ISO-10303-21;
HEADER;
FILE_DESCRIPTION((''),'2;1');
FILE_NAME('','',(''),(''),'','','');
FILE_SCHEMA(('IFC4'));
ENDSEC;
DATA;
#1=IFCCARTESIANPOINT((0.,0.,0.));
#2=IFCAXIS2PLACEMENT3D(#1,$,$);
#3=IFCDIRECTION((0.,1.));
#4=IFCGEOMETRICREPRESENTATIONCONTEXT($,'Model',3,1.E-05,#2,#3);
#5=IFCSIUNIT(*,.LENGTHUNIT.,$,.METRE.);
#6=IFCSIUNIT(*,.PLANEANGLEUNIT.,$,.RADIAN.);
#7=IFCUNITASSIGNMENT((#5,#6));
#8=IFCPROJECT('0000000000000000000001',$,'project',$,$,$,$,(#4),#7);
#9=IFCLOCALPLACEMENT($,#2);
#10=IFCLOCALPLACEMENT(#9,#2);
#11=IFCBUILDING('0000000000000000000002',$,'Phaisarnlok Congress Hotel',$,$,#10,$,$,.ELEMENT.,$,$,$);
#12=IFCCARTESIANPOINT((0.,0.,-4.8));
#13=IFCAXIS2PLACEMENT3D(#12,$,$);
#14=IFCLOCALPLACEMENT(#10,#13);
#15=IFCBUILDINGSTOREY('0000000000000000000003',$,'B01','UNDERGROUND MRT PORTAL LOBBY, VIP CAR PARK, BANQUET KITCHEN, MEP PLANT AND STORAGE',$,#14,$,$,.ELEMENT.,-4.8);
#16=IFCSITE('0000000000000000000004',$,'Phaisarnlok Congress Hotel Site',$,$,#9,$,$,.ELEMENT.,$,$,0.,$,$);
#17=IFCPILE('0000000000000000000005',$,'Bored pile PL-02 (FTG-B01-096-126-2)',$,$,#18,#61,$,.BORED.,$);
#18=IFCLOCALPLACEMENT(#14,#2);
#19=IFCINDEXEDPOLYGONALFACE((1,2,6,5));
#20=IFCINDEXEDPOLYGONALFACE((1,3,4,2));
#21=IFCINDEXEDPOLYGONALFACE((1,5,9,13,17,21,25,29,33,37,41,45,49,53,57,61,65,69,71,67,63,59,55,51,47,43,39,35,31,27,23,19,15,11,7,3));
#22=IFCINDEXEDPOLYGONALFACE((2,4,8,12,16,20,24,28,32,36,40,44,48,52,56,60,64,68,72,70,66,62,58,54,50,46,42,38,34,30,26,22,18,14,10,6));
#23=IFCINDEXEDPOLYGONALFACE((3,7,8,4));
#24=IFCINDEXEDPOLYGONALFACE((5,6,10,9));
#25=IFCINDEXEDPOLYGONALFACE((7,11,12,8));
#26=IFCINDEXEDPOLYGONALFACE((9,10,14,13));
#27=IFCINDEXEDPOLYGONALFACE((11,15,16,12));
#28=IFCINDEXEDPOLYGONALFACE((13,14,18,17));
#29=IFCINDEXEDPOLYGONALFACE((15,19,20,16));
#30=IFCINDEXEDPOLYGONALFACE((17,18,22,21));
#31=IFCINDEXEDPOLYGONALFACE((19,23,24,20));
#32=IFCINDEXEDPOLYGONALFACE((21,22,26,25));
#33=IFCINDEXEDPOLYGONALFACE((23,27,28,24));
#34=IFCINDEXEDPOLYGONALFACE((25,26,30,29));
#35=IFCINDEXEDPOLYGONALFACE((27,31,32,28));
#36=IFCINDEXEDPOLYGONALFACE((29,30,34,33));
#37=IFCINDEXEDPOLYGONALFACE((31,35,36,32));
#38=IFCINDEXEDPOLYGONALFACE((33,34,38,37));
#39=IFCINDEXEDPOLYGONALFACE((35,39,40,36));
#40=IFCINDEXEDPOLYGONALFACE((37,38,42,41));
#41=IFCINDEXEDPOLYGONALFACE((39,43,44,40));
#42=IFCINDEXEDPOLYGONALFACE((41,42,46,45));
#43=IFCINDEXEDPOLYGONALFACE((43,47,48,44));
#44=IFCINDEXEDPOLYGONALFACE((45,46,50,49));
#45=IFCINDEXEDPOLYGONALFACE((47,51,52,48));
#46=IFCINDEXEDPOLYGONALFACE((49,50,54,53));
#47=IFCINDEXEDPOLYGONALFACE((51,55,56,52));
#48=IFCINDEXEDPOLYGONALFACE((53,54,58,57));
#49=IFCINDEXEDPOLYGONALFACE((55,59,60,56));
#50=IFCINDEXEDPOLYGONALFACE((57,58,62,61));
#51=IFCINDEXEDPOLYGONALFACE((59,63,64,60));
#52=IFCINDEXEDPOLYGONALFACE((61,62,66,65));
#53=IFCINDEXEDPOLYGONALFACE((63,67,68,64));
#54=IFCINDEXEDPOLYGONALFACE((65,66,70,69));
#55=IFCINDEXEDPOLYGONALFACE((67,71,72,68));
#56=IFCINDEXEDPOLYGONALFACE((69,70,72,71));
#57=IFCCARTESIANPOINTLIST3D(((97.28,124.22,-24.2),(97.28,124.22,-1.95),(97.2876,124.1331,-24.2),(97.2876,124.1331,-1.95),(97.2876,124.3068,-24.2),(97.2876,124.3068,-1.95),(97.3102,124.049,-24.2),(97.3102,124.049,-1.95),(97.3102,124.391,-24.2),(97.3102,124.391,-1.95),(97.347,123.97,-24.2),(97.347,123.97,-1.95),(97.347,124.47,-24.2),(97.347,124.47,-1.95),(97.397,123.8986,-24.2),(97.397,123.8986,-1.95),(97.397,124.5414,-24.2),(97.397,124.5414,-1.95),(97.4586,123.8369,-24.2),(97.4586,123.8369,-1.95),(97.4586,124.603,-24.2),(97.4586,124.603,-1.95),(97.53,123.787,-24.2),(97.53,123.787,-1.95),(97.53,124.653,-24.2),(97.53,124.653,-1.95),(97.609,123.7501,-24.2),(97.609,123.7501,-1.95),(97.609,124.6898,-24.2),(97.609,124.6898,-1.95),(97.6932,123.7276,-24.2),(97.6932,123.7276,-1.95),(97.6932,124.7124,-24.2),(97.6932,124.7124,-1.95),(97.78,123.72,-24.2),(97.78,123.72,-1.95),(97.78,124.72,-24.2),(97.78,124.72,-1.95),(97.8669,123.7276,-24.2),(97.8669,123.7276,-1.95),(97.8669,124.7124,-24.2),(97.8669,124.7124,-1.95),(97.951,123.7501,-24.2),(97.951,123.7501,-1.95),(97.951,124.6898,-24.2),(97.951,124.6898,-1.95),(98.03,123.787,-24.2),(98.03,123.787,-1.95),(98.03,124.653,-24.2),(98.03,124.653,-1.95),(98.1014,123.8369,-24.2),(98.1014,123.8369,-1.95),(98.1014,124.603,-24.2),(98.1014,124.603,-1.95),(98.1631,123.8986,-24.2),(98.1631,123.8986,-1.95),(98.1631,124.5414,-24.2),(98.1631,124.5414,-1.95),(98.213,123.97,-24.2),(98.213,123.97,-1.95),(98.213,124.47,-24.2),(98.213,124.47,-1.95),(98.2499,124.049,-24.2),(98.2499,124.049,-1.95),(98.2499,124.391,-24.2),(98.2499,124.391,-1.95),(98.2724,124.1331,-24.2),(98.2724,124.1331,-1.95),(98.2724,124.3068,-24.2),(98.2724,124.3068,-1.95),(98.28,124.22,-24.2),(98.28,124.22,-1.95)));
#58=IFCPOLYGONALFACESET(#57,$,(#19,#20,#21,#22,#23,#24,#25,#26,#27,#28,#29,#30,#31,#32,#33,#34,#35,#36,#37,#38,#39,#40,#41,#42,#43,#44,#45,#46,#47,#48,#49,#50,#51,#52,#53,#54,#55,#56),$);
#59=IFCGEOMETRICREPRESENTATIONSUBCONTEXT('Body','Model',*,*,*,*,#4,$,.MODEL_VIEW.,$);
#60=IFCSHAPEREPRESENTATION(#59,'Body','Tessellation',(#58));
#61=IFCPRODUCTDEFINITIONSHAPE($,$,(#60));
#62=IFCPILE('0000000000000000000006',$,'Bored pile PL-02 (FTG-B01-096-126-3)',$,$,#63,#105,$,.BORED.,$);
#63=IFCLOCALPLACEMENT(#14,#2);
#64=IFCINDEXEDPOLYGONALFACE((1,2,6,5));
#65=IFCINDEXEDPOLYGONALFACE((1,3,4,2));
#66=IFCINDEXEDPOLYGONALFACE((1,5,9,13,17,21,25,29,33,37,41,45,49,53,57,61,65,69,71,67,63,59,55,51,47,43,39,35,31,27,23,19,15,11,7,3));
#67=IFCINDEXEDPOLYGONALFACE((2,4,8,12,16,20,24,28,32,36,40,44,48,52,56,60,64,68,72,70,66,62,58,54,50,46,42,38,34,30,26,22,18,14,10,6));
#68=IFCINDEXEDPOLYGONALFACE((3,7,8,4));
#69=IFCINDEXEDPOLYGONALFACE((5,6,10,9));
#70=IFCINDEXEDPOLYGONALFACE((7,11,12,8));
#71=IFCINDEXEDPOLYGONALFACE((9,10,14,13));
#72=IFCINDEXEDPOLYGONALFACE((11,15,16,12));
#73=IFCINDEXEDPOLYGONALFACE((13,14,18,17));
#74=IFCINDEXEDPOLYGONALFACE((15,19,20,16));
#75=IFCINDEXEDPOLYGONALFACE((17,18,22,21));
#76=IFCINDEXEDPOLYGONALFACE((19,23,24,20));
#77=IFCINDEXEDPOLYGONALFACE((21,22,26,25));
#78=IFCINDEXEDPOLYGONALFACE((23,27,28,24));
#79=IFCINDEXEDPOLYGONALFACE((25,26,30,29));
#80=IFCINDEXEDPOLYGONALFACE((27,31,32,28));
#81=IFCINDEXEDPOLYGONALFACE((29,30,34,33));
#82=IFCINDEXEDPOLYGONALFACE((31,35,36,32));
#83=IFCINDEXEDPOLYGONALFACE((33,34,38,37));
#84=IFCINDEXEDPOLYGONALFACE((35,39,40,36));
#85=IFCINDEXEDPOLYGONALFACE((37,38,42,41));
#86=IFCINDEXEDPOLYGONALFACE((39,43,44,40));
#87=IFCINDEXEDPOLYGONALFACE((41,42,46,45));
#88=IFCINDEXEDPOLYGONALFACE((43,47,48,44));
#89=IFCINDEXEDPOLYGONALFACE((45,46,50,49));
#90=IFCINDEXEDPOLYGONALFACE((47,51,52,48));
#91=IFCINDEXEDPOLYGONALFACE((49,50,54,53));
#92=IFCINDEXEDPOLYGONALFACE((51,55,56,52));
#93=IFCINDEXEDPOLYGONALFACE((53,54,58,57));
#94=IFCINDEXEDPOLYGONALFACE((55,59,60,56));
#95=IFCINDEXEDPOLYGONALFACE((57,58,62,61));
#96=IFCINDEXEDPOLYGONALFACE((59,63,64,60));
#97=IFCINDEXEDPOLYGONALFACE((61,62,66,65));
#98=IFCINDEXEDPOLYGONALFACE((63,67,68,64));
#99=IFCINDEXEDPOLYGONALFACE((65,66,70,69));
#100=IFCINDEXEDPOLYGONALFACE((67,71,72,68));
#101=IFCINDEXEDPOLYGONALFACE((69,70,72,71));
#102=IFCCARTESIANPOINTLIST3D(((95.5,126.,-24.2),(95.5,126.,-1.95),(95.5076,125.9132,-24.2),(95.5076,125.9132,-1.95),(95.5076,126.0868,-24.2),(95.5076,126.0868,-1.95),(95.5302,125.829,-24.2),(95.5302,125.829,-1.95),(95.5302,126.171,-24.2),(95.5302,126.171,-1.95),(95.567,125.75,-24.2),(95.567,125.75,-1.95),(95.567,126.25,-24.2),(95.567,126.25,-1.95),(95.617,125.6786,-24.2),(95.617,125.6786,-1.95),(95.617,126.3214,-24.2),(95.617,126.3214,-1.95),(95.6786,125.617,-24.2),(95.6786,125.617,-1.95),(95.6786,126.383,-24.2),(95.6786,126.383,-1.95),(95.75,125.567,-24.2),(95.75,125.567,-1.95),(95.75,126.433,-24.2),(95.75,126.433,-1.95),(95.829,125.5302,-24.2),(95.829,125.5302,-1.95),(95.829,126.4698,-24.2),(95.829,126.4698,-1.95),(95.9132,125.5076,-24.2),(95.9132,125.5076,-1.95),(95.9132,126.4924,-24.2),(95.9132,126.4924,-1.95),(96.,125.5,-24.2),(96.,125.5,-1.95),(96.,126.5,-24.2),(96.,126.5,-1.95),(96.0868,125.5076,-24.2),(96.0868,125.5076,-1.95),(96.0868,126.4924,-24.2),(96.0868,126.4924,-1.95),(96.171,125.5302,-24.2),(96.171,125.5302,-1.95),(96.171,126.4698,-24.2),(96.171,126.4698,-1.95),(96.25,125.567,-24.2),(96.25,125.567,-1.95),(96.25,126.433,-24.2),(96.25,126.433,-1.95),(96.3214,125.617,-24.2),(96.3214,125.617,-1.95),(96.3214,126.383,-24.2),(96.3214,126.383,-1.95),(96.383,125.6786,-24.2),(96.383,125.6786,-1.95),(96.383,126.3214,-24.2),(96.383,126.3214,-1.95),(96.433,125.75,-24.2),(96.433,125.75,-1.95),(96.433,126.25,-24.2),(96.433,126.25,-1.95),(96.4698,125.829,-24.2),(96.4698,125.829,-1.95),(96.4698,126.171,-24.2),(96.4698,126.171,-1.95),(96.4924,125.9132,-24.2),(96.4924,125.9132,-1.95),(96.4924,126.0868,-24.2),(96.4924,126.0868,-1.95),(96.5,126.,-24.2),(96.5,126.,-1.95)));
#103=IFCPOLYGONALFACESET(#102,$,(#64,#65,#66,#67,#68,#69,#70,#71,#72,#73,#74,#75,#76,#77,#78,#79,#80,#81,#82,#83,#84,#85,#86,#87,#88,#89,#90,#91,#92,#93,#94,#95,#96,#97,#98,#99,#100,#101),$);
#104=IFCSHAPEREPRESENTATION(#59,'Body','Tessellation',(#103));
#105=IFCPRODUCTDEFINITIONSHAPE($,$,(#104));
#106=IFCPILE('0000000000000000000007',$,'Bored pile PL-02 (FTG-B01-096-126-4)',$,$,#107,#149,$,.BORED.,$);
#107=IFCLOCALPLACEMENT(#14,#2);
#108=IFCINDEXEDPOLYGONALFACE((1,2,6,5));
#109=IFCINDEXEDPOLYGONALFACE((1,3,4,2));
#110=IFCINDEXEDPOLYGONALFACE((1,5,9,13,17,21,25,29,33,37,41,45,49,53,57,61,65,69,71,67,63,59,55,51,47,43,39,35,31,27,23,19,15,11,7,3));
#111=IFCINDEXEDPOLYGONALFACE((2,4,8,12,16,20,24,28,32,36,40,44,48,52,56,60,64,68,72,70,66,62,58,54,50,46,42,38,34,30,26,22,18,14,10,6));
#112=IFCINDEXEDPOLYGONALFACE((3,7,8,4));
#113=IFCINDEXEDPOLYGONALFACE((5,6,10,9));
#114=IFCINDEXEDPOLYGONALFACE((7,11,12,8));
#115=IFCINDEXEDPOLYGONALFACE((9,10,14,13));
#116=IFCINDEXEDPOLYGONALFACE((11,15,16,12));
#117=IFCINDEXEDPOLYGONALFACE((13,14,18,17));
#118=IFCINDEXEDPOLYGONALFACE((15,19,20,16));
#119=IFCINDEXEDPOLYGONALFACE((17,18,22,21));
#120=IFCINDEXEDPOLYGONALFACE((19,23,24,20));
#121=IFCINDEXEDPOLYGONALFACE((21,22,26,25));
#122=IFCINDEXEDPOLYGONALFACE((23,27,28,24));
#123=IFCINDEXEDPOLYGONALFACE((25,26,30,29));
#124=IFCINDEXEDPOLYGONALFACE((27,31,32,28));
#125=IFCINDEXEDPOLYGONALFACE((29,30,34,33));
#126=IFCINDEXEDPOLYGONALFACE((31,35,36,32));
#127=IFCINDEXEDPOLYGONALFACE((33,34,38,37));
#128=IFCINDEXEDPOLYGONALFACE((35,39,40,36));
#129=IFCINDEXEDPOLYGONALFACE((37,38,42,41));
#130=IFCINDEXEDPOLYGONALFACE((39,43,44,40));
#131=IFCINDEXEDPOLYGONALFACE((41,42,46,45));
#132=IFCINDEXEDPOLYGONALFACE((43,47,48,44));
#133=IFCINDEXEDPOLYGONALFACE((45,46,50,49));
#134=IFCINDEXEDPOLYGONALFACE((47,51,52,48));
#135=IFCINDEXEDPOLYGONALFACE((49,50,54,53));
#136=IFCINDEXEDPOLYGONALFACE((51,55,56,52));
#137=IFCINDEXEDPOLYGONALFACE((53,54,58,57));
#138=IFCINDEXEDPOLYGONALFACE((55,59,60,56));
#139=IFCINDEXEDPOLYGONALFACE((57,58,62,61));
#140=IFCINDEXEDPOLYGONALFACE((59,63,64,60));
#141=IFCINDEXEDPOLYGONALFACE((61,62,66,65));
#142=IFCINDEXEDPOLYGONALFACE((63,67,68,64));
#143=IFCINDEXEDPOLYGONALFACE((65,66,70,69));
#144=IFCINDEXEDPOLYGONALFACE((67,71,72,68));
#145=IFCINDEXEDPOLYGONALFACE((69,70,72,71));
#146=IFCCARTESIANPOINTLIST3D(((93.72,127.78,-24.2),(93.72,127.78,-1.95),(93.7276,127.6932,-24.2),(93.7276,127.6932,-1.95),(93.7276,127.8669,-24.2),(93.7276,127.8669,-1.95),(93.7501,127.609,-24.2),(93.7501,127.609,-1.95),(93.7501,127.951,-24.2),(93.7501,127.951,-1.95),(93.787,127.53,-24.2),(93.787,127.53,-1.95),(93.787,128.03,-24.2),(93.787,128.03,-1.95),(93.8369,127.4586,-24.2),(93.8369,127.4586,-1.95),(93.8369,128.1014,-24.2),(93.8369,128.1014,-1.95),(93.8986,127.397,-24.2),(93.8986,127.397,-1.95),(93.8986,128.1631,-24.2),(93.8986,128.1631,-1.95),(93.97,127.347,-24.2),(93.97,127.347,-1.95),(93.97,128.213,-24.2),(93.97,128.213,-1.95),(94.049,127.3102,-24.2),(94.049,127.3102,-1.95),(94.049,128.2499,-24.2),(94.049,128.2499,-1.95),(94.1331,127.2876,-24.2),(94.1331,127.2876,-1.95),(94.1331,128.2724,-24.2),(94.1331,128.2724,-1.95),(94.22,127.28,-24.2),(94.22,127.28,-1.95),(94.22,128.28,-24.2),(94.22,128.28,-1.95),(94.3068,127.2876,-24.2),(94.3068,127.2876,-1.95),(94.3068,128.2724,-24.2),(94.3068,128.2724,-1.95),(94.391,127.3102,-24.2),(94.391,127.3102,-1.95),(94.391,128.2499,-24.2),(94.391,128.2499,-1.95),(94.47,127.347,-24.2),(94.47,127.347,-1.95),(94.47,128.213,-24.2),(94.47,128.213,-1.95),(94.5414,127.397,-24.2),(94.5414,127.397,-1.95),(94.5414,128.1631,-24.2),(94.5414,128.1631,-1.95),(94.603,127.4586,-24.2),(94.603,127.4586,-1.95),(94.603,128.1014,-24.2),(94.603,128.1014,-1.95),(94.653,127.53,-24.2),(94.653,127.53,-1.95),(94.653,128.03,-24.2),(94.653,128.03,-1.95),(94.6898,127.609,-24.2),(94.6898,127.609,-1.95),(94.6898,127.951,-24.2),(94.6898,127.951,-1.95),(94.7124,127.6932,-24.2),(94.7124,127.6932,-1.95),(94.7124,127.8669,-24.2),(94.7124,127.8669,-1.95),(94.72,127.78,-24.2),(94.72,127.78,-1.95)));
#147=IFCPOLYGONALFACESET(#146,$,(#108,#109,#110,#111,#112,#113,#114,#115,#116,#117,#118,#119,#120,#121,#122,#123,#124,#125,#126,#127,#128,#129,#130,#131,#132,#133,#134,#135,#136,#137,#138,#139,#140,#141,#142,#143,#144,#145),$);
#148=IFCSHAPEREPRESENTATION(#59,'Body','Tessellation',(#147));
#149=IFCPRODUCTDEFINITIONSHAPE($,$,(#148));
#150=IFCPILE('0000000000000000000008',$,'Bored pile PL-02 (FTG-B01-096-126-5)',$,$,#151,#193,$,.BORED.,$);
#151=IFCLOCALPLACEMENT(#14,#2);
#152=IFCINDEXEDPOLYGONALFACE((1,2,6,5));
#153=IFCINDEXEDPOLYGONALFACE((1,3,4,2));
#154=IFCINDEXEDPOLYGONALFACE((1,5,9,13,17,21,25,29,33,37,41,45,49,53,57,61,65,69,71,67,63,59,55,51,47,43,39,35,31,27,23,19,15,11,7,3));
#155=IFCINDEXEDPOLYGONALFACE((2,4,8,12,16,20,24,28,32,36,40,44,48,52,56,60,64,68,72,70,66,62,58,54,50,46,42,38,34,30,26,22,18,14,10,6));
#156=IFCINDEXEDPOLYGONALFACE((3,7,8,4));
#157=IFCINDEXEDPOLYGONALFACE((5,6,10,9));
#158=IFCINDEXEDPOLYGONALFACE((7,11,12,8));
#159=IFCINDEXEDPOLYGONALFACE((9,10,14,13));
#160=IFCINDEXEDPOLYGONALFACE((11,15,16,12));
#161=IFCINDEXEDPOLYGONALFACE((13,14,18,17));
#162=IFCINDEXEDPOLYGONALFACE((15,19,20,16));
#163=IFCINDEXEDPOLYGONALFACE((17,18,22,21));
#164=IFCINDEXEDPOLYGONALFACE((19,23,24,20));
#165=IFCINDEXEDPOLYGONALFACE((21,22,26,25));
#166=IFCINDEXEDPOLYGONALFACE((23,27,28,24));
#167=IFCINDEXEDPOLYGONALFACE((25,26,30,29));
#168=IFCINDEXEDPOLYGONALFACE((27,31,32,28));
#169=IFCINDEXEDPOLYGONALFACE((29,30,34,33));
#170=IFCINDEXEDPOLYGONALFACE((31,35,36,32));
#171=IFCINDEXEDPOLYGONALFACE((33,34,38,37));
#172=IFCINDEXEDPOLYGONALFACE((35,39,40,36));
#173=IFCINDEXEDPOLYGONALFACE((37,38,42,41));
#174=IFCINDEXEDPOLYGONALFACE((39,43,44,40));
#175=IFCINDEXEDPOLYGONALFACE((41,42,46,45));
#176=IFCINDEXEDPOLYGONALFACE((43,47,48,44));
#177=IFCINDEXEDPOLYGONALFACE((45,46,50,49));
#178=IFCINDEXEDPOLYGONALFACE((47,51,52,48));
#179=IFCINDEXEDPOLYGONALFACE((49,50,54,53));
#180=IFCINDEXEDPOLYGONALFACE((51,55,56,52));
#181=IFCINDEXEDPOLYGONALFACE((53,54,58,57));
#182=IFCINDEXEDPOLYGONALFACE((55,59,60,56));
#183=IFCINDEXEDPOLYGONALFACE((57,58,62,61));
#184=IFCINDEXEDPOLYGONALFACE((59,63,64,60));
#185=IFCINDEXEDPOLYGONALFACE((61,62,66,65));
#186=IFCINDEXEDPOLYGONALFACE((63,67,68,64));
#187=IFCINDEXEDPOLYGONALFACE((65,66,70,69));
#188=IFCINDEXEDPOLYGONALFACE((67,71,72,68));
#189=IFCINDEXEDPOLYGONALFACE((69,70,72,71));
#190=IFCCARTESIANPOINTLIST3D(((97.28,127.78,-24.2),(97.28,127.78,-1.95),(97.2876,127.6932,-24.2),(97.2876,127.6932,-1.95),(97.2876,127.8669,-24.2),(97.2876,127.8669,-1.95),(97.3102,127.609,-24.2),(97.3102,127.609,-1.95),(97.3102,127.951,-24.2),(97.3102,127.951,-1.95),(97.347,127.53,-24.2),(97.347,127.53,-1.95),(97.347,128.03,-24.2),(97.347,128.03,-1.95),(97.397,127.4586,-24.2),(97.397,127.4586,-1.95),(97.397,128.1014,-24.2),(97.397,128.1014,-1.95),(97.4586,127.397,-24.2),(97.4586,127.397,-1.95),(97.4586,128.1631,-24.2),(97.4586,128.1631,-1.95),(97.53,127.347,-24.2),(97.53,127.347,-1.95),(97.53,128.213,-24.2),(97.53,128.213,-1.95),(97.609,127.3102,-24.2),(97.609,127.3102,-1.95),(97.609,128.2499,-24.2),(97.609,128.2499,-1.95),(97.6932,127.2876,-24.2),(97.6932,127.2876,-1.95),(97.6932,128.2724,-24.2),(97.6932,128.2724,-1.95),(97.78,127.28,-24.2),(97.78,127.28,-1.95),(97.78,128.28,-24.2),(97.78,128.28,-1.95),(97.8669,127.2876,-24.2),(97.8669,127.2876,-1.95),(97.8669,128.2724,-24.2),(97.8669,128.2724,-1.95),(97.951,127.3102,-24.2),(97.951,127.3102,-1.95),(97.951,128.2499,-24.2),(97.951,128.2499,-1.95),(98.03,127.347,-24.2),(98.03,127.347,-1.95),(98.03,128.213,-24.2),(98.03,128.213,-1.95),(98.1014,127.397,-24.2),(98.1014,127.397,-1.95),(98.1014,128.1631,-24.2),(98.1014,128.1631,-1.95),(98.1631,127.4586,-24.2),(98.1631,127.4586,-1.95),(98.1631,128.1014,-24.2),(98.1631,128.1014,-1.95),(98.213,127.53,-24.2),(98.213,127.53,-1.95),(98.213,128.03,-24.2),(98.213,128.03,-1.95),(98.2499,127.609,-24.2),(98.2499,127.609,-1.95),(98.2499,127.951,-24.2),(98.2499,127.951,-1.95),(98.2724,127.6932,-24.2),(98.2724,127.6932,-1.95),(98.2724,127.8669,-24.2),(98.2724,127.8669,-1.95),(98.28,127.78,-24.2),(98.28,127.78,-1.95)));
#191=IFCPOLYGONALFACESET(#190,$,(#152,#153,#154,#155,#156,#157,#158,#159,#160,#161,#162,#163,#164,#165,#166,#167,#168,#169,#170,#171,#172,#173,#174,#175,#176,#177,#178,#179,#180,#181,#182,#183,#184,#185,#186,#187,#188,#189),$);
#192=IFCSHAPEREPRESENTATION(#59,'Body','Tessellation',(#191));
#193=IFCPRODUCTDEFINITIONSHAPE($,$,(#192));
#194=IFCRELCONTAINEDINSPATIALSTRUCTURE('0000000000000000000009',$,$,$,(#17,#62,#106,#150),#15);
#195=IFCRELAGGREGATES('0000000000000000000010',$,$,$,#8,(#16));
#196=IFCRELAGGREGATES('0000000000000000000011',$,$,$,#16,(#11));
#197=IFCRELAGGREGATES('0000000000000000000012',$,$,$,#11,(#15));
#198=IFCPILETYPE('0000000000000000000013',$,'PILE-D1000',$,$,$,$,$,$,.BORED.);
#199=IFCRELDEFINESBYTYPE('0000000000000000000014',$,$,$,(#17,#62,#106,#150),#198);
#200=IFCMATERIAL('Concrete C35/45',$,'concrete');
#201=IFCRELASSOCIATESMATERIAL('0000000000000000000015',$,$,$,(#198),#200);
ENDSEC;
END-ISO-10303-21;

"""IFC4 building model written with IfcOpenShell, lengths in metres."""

from ifc_helpers import new_model, si_unit, direction, frame, origin, origin_2d, place, context, subcontext, project, spatial, circle, extrude, material, material_profile, profile_set, type_object, element, save


model = new_model("IFC4")

# Units and contexts
model_context = context("Model", 3, precision=1e-05, world=origin(), true_north=direction((0.0, 1.0)))
body_context = subcontext(model_context, "Body", "Model", "MODEL_VIEW")
ifc_project = project(units=[si_unit("LENGTHUNIT", "METRE"), si_unit("PLANEANGLEUNIT", "RADIAN")], contexts=[model_context])

# Site, building, storey
site_placement = place(None, origin())
site = spatial("IfcSite", under=ifc_project, at=site_placement, Name="Phaisarnlok Congress Hotel Site", CompositionType="ELEMENT", RefElevation=0.0)
building_placement = place(site_placement, origin())
building = spatial("IfcBuilding", under=site, at=building_placement, Name="Phaisarnlok Congress Hotel", CompositionType="ELEMENT")
storey_placement = place(building_placement, frame((0.0, 0.0, -4.8)))
storey = spatial("IfcBuildingStorey", under=building, at=storey_placement, Name="B01", Description="UNDERGROUND MRT PORTAL LOBBY, VIP CAR PARK, BANQUET KITCHEN, MEP PLANT AND STORAGE", CompositionType="ELEMENT", Elevation=-4.8)

# Piles
ifc_material_1 = material(Name="Concrete C35/45", Category="concrete")
ifc_material_profile_1 = material_profile(ifc_material_1, circle(Radius=0.5, at=origin_2d()), Name="BORED PILE D1000")
ifc_profile_set_1 = profile_set([ifc_material_profile_1], Name="Concrete C35/45")
pile_type_1 = type_object("IfcPileType", Name="PILE-D1000", PredefinedType="BORED", material=ifc_profile_set_1)
for number, where, z_axis, x_axis, name in (
    (1, (97.78, 124.22, -1.95), (0.0, 0.0, -1.0), (1.0, 0.0, 0.0), "Bored pile PL-02 (FTG-B01-096-126-2)"),
    (2, (96.0, 126.0, -1.95), (0.0, 0.0, -1.0), (1.0, 0.0, 0.0), "Bored pile PL-02 (FTG-B01-096-126-3)"),
    (3, (94.22, 127.78, -1.95), (0.0, 0.0, -1.0), (1.0, 0.0, 0.0), "Bored pile PL-02 (FTG-B01-096-126-4)"),
    (4, (97.78, 127.78, -1.95), (0.0, 0.0, -1.0), (1.0, 0.0, 0.0), "Bored pile PL-02 (FTG-B01-096-126-5)"),
):
    element("IfcPile", number, at=place(storey_placement, frame(where, z_axis=z_axis, x_axis=x_axis)), inside=storey, type_object=pile_type_1, Name=name, PredefinedType="BORED", context=body_context, shape_type="SweptSolid", body=[
        extrude(circle(Radius=0.5, at=origin_2d()), origin(), (0.0, 0.0, 1.0), 22.25),
    ])

save(model, "model.ifc")
